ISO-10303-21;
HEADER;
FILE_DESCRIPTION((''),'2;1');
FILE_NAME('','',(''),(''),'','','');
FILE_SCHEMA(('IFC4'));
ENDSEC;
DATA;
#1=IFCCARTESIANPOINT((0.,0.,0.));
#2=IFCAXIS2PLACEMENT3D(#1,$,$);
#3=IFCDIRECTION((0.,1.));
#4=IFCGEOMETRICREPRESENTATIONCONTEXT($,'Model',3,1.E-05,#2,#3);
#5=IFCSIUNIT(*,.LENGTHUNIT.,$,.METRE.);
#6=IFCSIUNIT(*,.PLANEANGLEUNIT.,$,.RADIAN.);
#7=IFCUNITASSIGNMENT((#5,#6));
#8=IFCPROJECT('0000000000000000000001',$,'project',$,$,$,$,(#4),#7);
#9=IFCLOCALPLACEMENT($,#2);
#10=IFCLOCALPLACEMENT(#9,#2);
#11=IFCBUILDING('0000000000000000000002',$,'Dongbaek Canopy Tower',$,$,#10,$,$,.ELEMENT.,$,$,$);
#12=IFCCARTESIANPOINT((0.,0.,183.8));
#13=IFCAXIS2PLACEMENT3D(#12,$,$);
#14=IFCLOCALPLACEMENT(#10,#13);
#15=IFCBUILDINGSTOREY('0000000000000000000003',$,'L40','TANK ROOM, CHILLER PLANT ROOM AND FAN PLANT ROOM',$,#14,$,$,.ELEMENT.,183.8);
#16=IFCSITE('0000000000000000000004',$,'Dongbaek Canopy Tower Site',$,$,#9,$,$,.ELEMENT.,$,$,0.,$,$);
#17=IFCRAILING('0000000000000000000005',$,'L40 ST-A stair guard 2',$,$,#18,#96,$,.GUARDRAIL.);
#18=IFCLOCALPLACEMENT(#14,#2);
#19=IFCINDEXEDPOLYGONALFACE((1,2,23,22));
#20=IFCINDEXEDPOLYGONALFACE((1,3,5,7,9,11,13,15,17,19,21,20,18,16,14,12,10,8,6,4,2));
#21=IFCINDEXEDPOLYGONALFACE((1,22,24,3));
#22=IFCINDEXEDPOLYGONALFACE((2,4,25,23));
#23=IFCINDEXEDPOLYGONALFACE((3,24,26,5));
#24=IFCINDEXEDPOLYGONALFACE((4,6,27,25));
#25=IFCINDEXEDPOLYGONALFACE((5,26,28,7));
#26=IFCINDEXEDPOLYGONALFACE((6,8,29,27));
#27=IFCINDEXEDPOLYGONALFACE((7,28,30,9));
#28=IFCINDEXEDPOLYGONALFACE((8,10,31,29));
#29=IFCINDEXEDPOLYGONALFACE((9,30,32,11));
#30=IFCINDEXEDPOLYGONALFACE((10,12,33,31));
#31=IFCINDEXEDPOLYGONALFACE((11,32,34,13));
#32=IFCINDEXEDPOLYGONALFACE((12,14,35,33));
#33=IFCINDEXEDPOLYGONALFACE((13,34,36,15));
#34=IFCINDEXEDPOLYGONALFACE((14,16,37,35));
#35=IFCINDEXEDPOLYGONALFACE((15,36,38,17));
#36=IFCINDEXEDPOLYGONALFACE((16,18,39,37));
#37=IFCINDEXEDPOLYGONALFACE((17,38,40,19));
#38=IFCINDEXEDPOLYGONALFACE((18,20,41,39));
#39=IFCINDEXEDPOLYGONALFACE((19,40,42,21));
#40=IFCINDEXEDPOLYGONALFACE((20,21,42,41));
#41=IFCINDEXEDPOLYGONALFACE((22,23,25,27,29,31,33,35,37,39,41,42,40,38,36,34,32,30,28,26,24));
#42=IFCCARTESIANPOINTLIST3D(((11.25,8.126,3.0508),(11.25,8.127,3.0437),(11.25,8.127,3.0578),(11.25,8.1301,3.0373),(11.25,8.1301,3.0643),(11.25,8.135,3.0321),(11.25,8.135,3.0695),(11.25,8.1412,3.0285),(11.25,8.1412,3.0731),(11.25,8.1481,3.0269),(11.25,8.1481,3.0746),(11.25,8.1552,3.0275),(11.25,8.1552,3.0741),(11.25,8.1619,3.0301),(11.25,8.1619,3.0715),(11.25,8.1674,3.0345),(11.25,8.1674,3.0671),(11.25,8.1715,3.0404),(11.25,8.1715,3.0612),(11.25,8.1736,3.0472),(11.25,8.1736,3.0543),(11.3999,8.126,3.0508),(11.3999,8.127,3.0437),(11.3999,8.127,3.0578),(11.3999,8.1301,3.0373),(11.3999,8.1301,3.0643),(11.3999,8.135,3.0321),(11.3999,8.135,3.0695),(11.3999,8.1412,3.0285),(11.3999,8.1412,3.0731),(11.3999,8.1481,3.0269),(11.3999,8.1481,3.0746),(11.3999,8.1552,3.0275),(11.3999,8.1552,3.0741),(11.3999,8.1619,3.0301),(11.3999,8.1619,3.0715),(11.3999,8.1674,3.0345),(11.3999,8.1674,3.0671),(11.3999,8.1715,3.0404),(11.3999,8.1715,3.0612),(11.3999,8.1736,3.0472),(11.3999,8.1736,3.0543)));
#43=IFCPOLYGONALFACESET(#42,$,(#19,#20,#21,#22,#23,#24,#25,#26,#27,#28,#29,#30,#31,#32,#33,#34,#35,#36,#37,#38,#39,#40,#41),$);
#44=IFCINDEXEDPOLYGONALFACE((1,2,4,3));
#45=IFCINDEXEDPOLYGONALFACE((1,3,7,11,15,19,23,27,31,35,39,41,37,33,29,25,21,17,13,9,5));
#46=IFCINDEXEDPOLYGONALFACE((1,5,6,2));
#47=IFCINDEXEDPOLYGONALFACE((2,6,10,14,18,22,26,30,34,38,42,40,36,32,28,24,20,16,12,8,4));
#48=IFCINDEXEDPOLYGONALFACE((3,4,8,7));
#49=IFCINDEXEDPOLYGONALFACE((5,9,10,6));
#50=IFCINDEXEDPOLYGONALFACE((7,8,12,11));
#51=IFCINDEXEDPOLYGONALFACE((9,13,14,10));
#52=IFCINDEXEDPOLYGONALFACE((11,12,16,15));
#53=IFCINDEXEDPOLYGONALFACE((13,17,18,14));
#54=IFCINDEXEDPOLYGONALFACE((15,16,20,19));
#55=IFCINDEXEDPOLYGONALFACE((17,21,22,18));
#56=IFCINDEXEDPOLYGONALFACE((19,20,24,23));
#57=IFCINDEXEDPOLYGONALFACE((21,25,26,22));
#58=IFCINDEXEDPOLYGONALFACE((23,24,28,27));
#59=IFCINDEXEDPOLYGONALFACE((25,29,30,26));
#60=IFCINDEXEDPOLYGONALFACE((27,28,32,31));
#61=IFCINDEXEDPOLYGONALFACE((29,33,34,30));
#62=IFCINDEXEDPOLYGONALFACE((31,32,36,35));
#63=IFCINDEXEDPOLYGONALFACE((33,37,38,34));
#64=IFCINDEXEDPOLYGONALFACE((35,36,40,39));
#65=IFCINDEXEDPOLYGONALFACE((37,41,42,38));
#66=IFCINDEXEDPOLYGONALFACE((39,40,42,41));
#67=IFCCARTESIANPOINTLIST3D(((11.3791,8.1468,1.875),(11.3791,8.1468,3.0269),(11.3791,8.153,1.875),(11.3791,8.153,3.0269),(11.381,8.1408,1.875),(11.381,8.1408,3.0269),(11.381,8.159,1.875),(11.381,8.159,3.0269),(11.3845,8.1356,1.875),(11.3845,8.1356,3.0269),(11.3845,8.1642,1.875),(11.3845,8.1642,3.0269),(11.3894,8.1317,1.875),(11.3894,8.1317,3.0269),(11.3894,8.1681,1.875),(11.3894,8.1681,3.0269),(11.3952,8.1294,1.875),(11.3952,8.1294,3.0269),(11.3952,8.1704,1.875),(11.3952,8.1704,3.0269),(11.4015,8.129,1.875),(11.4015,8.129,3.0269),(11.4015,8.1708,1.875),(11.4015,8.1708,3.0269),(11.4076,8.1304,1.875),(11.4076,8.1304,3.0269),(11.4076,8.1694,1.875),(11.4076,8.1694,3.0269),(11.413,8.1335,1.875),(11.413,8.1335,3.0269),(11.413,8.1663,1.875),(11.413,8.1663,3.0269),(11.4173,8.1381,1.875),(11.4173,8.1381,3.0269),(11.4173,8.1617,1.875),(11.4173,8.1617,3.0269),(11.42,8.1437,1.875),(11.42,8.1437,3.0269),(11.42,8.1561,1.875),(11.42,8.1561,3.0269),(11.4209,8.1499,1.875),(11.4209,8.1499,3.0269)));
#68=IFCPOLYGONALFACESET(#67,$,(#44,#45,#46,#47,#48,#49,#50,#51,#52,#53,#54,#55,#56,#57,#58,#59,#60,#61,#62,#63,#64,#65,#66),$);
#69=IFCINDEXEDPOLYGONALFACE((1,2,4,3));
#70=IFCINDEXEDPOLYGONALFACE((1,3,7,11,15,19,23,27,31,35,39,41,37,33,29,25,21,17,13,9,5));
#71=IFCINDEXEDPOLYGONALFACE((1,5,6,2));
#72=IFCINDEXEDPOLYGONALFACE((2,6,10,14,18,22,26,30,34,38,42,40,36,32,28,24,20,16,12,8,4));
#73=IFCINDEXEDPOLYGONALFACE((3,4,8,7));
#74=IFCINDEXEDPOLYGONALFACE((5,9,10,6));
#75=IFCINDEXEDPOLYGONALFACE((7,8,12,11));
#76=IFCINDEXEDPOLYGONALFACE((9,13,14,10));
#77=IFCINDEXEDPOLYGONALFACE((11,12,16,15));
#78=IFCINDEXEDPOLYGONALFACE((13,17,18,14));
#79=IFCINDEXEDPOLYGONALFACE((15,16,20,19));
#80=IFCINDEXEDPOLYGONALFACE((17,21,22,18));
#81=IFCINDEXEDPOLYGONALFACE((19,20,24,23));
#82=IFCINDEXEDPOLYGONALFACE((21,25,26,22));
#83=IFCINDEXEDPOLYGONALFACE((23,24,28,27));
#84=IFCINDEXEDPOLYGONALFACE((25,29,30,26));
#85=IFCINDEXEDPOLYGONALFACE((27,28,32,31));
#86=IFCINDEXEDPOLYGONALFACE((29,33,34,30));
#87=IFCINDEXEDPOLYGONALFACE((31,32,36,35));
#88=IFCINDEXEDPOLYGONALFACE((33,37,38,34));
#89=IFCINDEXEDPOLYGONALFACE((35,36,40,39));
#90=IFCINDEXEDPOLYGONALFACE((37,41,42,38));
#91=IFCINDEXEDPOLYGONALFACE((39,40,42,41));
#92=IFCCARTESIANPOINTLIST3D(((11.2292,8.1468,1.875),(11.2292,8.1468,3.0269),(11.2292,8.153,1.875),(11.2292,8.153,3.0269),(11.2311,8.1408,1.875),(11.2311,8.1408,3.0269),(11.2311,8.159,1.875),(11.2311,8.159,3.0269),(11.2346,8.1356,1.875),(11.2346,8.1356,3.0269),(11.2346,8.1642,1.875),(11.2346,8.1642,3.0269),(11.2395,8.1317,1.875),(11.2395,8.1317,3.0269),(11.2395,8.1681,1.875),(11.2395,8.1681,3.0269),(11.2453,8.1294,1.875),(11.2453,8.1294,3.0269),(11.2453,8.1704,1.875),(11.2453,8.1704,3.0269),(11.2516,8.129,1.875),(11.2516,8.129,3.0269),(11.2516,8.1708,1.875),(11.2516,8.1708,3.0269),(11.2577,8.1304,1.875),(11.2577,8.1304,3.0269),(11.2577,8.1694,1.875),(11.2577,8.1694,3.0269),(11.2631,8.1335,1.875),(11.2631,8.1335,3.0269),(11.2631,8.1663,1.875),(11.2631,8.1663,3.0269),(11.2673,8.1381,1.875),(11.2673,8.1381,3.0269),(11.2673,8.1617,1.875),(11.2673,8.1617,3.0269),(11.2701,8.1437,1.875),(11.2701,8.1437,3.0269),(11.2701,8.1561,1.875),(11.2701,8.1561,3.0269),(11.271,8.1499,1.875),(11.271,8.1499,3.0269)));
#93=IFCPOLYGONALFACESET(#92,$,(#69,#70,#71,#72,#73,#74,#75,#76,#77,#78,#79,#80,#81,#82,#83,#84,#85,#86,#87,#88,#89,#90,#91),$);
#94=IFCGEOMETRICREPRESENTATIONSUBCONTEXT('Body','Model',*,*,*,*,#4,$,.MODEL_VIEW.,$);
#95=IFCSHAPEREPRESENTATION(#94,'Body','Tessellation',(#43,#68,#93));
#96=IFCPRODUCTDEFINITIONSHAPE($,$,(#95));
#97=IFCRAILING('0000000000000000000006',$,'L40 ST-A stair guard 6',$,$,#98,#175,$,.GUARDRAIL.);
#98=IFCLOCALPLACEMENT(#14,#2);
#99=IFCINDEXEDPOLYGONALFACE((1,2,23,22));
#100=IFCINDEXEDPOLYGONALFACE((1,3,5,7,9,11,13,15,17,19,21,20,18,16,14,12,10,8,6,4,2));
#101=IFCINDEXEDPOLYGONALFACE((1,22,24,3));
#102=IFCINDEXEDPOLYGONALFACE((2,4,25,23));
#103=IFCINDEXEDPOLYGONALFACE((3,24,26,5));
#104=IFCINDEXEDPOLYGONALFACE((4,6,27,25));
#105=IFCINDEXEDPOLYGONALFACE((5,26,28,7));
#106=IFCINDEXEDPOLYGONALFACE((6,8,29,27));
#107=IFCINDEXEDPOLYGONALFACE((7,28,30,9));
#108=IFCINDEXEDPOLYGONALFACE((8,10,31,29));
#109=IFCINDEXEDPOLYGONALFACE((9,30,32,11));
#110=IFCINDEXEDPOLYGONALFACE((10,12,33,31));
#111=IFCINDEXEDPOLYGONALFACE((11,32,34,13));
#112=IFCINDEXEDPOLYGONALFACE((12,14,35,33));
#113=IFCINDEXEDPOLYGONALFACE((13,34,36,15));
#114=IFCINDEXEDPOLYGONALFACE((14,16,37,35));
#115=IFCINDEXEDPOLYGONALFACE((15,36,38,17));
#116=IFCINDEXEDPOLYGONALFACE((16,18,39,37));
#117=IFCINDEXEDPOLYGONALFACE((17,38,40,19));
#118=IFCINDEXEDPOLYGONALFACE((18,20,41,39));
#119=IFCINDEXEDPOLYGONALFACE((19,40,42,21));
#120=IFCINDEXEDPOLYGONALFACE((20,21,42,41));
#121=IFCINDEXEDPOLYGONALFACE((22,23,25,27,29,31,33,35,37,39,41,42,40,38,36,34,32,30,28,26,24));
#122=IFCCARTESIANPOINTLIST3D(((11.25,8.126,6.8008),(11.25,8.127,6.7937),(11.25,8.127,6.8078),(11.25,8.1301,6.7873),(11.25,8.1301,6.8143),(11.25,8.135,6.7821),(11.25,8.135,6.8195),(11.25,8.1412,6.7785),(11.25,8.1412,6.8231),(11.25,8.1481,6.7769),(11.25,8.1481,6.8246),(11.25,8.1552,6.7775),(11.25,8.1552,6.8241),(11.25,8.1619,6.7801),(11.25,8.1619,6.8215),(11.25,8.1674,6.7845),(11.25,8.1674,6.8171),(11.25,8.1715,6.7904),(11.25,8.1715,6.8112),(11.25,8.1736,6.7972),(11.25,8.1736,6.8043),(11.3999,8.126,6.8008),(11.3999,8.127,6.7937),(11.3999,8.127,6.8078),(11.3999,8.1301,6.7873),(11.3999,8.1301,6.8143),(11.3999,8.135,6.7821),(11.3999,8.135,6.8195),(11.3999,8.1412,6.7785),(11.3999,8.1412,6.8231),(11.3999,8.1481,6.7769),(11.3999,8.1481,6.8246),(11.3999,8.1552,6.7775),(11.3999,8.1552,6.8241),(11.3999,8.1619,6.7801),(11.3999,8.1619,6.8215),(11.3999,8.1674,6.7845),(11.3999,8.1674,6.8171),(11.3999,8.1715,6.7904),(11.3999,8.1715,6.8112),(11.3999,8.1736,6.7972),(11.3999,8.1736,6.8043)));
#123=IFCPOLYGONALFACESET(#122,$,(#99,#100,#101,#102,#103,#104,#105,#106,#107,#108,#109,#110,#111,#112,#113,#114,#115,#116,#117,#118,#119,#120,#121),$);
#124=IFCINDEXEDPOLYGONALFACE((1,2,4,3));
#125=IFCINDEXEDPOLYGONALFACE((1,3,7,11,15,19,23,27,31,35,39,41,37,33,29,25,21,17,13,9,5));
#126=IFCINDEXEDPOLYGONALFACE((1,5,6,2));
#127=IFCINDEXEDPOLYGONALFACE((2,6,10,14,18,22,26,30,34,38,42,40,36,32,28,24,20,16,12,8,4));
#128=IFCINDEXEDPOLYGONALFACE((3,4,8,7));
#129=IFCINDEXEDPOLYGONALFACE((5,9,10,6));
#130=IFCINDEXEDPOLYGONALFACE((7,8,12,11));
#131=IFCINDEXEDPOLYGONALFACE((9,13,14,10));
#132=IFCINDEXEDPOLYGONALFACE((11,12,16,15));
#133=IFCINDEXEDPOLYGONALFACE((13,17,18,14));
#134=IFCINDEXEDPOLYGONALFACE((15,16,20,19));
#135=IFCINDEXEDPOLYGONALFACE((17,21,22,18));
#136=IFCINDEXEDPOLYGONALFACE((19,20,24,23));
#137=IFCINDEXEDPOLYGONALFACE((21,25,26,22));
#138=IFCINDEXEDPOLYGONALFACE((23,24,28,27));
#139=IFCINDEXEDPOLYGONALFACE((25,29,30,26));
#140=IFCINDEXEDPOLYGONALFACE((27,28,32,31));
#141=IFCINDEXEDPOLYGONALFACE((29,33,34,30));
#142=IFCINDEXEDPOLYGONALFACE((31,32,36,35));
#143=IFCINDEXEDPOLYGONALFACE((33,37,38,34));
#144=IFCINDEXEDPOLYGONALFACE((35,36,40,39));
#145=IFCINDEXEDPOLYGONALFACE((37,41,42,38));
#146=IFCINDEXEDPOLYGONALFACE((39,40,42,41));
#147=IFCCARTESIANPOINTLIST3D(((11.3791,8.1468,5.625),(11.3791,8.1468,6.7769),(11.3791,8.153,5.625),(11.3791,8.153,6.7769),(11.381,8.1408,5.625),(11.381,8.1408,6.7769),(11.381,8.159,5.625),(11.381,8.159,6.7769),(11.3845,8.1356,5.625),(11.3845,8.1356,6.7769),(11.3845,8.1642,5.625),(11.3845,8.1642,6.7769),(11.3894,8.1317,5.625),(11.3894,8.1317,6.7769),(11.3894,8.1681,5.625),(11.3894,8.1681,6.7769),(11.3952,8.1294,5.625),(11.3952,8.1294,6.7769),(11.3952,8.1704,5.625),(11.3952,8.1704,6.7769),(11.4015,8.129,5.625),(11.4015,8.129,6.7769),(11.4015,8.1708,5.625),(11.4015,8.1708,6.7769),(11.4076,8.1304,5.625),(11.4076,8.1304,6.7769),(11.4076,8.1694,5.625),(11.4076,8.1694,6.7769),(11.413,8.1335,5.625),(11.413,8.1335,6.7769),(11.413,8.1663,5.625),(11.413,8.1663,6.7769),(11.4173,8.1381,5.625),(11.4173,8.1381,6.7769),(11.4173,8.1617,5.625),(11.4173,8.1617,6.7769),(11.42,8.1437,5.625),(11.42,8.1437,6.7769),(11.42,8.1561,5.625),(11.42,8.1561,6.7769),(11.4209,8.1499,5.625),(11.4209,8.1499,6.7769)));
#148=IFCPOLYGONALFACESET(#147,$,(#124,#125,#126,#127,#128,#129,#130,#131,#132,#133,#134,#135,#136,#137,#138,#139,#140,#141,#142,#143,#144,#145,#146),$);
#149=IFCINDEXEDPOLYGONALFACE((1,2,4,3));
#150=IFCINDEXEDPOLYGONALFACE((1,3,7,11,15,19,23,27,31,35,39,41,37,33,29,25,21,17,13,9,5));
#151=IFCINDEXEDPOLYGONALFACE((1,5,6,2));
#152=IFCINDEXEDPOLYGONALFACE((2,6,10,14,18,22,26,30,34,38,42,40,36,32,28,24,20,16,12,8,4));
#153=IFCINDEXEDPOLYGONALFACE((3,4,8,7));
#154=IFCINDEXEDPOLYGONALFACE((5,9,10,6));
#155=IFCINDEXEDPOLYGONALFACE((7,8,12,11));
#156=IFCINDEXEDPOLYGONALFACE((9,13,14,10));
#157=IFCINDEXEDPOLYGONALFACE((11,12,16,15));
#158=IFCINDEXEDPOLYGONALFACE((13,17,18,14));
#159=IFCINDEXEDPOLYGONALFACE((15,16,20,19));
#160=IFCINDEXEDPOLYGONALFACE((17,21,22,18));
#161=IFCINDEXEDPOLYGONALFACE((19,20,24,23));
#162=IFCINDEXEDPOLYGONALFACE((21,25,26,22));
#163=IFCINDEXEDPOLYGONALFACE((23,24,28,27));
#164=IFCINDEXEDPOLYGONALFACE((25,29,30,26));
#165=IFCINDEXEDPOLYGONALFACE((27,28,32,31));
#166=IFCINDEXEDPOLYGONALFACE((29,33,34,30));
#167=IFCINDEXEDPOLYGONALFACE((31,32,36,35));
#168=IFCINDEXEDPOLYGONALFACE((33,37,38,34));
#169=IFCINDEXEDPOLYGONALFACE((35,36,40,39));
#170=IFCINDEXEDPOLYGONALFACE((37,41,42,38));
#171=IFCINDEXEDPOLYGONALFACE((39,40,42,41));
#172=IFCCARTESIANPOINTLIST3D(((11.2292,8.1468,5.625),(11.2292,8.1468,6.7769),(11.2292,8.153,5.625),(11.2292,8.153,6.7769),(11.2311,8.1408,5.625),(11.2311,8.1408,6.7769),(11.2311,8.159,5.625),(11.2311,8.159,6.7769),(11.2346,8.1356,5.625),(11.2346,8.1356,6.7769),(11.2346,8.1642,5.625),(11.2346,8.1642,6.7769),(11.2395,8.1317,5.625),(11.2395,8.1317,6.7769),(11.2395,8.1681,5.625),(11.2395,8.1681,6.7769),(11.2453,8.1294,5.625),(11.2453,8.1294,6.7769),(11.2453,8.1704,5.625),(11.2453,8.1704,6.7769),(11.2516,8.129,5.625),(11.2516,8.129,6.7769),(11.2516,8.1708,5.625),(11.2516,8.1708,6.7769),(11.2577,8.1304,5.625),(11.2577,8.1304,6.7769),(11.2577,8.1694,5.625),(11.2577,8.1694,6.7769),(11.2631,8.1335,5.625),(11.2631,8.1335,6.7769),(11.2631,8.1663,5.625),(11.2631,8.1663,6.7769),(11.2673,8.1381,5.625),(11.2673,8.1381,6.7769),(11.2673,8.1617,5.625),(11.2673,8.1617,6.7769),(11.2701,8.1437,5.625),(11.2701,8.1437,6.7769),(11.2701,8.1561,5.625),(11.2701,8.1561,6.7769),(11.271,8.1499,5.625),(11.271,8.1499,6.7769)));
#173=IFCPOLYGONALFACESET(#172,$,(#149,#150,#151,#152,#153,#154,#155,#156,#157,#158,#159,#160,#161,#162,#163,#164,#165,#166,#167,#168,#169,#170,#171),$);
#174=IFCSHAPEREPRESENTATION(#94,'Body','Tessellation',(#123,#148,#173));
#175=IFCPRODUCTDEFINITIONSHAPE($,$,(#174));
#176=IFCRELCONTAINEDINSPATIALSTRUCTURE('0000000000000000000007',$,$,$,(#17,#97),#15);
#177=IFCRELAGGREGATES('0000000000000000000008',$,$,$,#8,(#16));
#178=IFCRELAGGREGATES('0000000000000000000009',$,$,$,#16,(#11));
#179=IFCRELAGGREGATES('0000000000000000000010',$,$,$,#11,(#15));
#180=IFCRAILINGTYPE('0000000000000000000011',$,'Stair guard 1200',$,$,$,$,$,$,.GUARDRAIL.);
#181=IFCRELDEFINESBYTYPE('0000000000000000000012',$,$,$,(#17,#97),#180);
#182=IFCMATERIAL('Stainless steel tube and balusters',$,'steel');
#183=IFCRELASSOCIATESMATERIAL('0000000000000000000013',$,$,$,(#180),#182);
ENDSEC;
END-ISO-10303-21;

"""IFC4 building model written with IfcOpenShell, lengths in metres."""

from ifc_helpers import new_model, si_unit, direction, frame, origin, origin_2d, place, context, subcontext, project, spatial, circle, extrude, material, type_object, element, save


model = new_model("IFC4")

# Units and contexts
model_context = context("Model", 3, precision=1e-05, world=origin(), true_north=direction((0.0, 1.0)))
body_context = subcontext(model_context, "Body", "Model", "MODEL_VIEW")
ifc_project = project(units=[si_unit("LENGTHUNIT", "METRE"), si_unit("PLANEANGLEUNIT", "RADIAN")], contexts=[model_context])

# Site, building, storey
site_placement = place(None, origin())
site = spatial("IfcSite", under=ifc_project, at=site_placement, Name="Dongbaek Canopy Tower Site", CompositionType="ELEMENT", RefElevation=0.0)
building_placement = place(site_placement, origin())
building = spatial("IfcBuilding", under=site, at=building_placement, Name="Dongbaek Canopy Tower", CompositionType="ELEMENT")
storey_placement = place(building_placement, frame((0.0, 0.0, 183.8)))
storey = spatial("IfcBuildingStorey", under=building, at=storey_placement, Name="L40", Description="TANK ROOM, CHILLER PLANT ROOM AND FAN PLANT ROOM", CompositionType="ELEMENT", Elevation=183.8)

# Railings
ifc_material_1 = material(Name="Stainless steel tube and balusters", Category="steel")
railing_type_1 = type_object("IfcRailingType", Name="Stair guard 1200", PredefinedType="GUARDRAIL", material=ifc_material_1)
for number, where, name in (
    (1, (11.3999, 8.1499, 1.875), "L40 ST-A stair guard 2"),
    (2, (11.3999, 8.1499, 5.625), "L40 ST-A stair guard 6"),
):
    element("IfcRailing", number, at=place(storey_placement, frame(where)), inside=storey, type_object=railing_type_1, Name=name, PredefinedType="GUARDRAIL", context=body_context, shape_type="SweptSolid", body=[
        extrude(circle(Radius=0.0239, at=origin_2d()), frame((0.0, 0.0, 1.1758), z_axis=(-1.0, 0.0, 0.0), x_axis=(0.0, -1.0, 0.0)), (0.0, 0.0, 1.0), 0.1499),
        extrude(circle(Radius=0.021, at=origin_2d()), origin(), (0.0, 0.0, 1.0), 1.1519),
        extrude(circle(Radius=0.021, at=origin_2d()), frame((-0.1499, 0.0, 0.0)), (0.0, 0.0, 1.0), 1.1519),
    ])

save(model, "model.ifc")
